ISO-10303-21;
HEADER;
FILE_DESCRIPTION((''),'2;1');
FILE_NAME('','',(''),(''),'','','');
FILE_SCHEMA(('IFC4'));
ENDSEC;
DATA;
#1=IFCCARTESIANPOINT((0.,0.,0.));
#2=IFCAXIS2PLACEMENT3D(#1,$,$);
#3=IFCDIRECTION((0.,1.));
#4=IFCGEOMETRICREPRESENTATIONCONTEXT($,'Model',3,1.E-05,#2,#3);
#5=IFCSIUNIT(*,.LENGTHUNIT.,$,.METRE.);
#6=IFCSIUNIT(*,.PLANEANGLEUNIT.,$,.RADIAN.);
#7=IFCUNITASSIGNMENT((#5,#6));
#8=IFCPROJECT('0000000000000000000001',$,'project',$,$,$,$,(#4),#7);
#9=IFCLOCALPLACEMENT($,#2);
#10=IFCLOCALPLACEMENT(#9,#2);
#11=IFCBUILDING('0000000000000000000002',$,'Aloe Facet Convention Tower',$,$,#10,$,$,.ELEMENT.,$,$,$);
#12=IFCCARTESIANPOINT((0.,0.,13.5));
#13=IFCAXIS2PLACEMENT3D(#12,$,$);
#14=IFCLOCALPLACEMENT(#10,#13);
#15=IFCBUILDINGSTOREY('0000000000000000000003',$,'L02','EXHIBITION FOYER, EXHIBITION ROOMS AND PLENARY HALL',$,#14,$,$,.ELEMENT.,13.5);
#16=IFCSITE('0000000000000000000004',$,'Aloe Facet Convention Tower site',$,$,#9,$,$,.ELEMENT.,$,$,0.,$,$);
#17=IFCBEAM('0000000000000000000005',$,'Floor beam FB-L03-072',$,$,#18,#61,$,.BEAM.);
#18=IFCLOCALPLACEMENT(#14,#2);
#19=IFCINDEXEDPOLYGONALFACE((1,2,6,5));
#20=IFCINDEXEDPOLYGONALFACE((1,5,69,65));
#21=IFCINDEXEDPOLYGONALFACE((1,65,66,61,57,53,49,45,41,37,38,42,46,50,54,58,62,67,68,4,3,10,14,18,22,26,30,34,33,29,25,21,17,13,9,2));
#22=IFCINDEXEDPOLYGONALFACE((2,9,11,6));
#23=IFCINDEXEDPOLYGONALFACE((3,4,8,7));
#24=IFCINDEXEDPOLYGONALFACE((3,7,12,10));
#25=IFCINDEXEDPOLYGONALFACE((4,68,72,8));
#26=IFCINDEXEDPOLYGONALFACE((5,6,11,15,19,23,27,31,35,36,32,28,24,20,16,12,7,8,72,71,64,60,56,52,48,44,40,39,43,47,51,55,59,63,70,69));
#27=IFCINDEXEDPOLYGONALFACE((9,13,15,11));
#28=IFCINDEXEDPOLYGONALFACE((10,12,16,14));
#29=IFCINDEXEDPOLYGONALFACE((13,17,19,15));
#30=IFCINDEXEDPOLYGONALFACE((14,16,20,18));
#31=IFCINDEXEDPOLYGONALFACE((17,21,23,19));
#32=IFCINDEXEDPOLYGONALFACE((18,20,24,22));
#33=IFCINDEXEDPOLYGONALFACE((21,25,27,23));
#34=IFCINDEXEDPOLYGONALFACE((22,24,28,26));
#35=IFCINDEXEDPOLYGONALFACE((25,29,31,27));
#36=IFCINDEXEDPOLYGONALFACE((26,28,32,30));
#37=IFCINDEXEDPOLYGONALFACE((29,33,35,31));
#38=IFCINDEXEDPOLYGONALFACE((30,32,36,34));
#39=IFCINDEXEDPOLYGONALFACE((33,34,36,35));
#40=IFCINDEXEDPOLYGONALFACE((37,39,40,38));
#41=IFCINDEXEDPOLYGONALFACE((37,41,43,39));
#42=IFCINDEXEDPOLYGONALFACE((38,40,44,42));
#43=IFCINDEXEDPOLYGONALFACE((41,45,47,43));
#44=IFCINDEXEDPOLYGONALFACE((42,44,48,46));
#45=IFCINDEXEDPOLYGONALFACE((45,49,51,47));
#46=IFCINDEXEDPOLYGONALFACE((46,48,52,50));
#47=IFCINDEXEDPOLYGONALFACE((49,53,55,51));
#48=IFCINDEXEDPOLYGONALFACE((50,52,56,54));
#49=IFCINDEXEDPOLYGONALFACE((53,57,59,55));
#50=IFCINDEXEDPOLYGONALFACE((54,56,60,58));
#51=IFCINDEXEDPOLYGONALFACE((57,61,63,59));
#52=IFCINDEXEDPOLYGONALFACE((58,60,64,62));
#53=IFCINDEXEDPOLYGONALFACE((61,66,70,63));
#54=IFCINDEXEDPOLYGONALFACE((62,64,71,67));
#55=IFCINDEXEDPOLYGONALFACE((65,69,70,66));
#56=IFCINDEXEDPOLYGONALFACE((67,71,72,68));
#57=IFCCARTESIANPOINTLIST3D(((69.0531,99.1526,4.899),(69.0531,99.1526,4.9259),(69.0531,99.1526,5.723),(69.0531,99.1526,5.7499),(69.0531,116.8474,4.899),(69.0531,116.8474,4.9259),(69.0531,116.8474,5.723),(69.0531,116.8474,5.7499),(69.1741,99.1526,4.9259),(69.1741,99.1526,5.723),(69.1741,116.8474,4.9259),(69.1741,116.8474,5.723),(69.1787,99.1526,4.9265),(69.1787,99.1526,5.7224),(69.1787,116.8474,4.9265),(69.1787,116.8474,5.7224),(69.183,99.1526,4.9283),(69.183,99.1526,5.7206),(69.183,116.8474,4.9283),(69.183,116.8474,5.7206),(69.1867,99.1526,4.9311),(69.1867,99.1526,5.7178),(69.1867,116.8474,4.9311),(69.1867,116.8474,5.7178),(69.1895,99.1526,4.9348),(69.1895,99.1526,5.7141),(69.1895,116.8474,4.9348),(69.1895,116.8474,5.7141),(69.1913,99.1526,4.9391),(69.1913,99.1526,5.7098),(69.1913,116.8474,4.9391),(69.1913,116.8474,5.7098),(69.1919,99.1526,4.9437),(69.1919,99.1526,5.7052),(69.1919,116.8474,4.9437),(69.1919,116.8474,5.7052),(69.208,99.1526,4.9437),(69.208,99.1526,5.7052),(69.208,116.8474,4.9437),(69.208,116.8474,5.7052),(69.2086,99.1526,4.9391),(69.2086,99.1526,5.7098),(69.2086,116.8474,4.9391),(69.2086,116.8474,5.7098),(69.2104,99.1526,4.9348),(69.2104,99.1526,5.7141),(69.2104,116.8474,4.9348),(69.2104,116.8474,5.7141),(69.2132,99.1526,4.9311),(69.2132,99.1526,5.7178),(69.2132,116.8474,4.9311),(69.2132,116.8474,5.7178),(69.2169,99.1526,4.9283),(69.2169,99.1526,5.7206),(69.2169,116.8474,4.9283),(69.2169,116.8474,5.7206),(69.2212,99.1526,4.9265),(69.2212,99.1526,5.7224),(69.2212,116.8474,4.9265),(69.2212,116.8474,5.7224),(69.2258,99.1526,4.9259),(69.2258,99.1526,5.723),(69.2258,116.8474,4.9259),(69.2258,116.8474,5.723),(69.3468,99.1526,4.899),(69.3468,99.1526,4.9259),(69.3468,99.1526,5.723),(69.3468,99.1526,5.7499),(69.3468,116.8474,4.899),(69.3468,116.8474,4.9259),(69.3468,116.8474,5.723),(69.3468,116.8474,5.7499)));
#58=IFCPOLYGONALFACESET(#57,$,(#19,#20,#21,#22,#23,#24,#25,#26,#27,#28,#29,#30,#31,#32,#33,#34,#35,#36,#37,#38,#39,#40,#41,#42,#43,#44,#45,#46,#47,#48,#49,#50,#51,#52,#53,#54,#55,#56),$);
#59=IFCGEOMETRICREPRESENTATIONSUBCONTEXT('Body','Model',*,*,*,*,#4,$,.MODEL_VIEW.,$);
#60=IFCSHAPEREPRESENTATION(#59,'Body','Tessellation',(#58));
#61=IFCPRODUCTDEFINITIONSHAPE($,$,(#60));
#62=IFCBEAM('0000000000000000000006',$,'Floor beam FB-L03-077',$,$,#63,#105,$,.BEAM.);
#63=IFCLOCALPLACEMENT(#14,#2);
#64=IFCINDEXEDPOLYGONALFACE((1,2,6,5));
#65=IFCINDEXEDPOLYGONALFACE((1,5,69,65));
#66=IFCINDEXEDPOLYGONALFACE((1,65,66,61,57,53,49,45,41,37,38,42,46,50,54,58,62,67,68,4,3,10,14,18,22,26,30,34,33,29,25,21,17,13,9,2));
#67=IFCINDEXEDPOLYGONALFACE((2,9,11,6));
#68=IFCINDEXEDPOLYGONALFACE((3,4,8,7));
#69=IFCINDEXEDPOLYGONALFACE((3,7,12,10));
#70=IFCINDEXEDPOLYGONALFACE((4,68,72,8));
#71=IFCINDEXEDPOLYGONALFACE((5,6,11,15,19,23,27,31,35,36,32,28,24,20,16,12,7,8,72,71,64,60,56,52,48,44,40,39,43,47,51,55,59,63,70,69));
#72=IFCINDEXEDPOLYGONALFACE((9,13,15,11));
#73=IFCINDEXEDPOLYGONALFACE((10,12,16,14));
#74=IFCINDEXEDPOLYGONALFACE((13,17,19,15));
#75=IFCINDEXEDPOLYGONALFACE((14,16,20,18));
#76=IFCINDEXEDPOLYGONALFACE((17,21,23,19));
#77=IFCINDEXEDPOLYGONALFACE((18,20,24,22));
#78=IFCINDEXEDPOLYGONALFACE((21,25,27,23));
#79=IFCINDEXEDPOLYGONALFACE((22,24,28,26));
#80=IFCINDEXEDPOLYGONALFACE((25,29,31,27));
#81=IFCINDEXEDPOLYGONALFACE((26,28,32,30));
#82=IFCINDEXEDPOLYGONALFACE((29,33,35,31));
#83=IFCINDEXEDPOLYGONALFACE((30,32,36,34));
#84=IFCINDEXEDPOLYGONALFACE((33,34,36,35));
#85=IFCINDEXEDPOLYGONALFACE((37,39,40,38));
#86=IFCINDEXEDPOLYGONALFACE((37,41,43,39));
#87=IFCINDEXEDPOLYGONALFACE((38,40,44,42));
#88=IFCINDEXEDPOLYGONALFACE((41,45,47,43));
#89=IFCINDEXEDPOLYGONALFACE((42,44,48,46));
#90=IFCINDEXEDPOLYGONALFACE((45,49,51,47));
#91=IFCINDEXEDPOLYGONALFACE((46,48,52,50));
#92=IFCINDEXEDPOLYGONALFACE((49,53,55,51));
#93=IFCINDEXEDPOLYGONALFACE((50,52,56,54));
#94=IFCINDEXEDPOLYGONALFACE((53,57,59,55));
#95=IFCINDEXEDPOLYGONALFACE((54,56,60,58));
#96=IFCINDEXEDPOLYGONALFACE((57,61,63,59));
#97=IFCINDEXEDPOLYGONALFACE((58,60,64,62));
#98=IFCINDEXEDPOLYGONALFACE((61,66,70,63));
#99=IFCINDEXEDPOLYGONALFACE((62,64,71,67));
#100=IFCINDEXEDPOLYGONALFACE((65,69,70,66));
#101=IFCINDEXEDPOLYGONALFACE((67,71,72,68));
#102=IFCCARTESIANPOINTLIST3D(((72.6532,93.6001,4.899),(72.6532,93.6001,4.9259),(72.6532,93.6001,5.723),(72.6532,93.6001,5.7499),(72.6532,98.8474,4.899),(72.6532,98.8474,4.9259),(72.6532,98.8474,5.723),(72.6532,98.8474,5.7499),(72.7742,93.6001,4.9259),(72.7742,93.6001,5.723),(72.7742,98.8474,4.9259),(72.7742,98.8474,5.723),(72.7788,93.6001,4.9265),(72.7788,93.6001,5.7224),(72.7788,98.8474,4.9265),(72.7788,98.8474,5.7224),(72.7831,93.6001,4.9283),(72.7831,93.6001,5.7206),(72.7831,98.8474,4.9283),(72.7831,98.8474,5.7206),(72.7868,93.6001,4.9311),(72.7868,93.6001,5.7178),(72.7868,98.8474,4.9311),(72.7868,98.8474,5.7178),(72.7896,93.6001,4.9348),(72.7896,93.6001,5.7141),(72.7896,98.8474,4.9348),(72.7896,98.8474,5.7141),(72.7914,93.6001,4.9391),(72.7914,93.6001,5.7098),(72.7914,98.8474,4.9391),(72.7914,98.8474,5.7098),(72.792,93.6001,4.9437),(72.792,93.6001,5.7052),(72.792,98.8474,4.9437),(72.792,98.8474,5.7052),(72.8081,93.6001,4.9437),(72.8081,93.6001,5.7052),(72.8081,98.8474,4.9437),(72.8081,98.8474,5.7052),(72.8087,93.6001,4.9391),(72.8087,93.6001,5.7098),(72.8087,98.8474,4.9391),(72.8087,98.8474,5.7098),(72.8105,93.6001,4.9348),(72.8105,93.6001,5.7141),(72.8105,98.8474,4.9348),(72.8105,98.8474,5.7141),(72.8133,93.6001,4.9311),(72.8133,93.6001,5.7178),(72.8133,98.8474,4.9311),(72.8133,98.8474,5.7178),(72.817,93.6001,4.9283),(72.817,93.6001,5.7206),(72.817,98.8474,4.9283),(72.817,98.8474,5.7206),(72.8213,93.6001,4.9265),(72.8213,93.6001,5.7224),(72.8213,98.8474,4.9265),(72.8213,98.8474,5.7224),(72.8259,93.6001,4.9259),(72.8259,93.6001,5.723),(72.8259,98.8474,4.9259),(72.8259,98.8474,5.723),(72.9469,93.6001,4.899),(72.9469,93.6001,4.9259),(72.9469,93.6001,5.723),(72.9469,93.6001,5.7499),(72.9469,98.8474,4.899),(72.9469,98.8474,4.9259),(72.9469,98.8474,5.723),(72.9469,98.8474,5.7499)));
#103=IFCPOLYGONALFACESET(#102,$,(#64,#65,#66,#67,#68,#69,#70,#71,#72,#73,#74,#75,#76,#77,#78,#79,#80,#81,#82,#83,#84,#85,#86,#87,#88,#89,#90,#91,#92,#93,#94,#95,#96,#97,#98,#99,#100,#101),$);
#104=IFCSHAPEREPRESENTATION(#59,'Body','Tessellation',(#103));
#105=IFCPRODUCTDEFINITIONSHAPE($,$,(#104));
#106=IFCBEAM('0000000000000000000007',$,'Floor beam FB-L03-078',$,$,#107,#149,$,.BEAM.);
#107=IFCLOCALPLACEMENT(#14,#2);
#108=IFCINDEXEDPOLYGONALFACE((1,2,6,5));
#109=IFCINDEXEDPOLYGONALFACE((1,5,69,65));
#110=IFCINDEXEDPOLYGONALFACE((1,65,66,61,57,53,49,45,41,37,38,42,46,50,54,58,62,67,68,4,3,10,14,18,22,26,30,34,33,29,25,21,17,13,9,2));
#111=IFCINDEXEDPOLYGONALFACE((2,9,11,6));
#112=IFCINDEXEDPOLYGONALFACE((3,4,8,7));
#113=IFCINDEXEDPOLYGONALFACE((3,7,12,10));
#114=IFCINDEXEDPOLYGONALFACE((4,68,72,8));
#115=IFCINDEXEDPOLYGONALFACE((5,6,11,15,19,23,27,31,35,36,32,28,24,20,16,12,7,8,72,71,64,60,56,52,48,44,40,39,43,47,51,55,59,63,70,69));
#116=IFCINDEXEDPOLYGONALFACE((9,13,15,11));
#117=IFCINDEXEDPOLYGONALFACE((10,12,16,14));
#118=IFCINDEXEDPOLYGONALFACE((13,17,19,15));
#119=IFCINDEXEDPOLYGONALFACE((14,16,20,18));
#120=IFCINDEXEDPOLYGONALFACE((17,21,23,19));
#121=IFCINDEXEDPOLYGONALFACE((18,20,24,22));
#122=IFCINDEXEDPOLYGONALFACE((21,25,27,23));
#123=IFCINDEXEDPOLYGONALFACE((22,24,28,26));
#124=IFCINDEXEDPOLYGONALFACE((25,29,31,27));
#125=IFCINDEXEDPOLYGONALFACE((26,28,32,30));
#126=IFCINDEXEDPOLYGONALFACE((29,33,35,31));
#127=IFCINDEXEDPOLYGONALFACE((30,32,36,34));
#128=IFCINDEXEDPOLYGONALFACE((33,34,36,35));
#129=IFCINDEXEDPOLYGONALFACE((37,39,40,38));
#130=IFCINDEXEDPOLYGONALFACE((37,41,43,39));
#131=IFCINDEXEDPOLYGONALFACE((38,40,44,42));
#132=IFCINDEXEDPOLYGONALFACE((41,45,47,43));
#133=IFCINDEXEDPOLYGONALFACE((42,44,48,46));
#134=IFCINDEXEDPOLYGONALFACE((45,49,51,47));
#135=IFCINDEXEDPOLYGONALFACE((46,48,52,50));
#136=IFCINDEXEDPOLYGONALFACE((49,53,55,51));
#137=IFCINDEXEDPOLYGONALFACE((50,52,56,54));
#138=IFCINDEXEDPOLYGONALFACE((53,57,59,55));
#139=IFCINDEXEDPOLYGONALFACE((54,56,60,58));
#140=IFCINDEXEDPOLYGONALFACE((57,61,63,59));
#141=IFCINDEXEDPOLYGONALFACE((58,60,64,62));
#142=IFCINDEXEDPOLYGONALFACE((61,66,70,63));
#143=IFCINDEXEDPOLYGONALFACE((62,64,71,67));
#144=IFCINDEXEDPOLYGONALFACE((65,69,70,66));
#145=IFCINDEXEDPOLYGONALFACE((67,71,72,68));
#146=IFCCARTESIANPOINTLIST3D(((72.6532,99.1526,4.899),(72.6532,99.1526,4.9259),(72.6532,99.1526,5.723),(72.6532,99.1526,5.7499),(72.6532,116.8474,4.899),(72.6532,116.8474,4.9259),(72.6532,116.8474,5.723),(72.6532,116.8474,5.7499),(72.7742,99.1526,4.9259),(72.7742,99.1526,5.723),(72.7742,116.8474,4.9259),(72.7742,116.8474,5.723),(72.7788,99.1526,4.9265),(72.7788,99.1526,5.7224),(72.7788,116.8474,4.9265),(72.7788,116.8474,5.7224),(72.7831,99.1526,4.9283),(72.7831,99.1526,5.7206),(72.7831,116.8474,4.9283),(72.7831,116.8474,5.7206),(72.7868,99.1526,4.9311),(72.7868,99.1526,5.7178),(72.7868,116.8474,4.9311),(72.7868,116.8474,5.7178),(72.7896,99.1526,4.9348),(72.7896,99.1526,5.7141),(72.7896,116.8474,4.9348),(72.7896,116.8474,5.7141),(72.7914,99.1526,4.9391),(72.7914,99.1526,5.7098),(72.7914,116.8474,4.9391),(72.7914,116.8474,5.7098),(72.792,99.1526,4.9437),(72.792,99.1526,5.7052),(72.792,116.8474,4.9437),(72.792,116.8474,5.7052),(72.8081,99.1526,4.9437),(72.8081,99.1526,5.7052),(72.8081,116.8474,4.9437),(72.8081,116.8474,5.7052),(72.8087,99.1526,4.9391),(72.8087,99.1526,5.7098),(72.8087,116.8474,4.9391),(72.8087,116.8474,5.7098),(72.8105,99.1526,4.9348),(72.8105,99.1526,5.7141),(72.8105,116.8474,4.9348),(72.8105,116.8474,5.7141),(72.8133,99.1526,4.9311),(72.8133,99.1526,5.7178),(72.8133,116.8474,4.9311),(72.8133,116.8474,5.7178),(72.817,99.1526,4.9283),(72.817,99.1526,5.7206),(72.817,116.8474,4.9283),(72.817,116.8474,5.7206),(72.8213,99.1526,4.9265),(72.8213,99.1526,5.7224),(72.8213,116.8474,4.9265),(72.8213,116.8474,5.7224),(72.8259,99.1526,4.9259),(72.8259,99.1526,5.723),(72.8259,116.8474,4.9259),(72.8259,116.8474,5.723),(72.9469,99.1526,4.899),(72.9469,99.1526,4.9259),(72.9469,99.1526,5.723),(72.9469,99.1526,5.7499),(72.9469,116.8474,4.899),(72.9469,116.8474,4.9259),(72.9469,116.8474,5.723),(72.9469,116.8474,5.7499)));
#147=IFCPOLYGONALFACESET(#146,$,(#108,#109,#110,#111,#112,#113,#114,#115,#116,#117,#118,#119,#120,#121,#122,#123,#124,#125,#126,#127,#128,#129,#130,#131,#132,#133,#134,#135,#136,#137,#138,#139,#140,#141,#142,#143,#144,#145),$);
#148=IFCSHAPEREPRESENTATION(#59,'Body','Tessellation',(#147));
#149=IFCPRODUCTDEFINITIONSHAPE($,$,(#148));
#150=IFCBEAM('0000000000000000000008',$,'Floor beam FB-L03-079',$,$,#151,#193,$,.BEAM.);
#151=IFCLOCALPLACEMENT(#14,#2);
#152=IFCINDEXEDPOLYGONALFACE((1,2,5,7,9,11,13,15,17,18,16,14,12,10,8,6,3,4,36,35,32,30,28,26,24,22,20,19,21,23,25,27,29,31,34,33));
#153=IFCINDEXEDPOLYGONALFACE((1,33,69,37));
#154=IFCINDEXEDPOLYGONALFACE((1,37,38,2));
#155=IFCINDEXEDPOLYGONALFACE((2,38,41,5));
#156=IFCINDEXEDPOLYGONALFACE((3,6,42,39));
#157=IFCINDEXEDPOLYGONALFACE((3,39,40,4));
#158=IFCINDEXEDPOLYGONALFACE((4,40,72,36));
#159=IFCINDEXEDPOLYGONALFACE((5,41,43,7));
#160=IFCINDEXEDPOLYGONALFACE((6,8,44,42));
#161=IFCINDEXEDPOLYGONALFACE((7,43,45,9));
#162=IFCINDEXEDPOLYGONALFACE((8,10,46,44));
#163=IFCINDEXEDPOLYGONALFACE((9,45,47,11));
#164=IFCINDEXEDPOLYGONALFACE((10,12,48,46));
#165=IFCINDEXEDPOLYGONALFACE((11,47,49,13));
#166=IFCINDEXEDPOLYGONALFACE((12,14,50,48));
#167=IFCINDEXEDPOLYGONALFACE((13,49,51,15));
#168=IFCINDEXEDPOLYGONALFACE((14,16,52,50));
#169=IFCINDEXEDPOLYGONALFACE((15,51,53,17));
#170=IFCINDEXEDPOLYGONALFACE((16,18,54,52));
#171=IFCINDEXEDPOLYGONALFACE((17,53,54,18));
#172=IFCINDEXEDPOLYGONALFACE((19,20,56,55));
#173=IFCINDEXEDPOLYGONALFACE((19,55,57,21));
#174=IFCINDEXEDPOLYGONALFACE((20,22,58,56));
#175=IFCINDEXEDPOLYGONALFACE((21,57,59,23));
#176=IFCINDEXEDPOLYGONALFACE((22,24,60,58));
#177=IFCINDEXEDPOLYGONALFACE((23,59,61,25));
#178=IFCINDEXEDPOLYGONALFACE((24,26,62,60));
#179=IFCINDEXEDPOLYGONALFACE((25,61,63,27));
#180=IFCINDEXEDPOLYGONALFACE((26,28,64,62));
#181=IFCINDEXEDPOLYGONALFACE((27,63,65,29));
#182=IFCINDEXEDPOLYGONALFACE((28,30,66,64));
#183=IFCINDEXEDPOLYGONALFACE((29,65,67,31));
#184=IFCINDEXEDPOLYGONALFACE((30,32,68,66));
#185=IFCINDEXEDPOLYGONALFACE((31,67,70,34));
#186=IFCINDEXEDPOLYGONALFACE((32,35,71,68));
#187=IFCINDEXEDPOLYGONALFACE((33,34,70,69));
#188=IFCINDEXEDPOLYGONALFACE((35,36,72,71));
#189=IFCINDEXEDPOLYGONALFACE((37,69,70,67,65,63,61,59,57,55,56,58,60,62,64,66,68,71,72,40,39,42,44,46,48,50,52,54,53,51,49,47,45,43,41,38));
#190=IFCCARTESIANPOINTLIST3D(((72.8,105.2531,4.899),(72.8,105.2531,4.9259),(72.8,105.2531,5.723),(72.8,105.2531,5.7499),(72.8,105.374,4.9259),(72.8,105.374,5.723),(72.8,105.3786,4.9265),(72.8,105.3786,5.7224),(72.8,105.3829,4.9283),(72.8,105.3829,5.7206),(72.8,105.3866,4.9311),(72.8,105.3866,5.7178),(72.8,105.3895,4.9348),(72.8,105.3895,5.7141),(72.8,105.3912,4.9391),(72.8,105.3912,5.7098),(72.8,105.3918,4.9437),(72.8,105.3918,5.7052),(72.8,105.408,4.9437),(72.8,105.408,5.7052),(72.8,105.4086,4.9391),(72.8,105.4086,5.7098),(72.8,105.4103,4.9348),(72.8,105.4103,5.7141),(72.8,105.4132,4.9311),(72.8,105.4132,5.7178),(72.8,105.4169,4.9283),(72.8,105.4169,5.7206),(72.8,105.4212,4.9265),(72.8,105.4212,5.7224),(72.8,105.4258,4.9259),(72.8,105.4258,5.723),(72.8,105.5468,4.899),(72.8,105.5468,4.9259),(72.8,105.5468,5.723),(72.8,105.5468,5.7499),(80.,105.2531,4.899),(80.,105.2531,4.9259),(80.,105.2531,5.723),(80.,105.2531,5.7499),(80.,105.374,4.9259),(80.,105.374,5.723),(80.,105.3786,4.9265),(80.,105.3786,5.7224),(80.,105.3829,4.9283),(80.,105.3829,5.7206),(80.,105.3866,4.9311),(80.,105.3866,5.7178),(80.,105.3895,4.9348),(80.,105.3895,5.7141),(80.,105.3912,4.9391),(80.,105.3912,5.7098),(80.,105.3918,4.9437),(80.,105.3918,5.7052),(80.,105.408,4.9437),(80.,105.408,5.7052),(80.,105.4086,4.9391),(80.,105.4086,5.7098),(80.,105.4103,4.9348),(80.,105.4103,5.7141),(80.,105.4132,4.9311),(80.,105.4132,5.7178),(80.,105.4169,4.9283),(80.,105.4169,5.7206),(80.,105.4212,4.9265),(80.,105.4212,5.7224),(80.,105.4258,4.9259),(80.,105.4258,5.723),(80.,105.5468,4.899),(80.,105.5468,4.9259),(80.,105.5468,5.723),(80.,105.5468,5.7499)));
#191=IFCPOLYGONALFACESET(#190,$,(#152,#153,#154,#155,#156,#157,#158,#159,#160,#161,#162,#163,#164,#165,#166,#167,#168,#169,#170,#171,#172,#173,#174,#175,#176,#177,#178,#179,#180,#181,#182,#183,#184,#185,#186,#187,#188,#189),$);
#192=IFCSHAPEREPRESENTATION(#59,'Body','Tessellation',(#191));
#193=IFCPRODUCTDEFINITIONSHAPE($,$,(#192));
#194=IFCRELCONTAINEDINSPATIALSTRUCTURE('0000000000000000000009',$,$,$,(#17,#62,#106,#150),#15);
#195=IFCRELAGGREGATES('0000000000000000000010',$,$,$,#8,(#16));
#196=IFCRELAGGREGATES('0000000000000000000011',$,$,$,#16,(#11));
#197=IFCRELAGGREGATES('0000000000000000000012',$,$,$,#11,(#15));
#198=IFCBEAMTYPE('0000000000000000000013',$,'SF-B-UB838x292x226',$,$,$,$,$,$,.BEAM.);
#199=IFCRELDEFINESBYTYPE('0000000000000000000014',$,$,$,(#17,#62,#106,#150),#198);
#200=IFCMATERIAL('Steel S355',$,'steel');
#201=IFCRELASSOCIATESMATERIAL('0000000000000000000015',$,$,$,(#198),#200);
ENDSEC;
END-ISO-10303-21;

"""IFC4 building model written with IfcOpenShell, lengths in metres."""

from ifc_helpers import new_model, si_unit, direction, frame, origin, origin_2d, place, context, subcontext, project, spatial, i_section, extrude, material, material_profile, profile_set, type_object, element, save


model = new_model("IFC4")

# Units and contexts
model_context = context("Model", 3, precision=1e-05, world=origin(), true_north=direction((0.0, 1.0)))
body_context = subcontext(model_context, "Body", "Model", "MODEL_VIEW")
ifc_project = project(units=[si_unit("LENGTHUNIT", "METRE"), si_unit("PLANEANGLEUNIT", "RADIAN")], contexts=[model_context])

# Site, building, storey
site_placement = place(None, origin())
site = spatial("IfcSite", under=ifc_project, at=site_placement, Name="Aloe Facet Convention Tower site", CompositionType="ELEMENT", RefElevation=0.0)
building_placement = place(site_placement, origin())
building = spatial("IfcBuilding", under=site, at=building_placement, Name="Aloe Facet Convention Tower", CompositionType="ELEMENT")
storey_placement = place(building_placement, frame((0.0, 0.0, 13.5)))
storey = spatial("IfcBuildingStorey", under=building, at=storey_placement, Name="L02", Description="EXHIBITION FOYER, EXHIBITION ROOMS AND PLENARY HALL", CompositionType="ELEMENT", Elevation=13.5)

# Beams
ifc_material_1 = material(Name="Steel S355", Category="steel")
ifc_material_profile_1 = material_profile(ifc_material_1, i_section(OverallWidth=0.2937, OverallDepth=0.8508, WebThickness=0.0161, FlangeThickness=0.0269, FilletRadius=0.0178, at=origin_2d()), Name="UB 838x292x226")
ifc_profile_set_1 = profile_set([ifc_material_profile_1], Name="Steel S355")
beam_type_1 = type_object("IfcBeamType", Name="SF-B-UB838x292x226", PredefinedType="BEAM", material=ifc_profile_set_1)
beam_1_placement = place(storey_placement, frame((69.2, 99.1526, 5.3245), z_axis=(0.0, 1.0, 0.0), x_axis=(-1.0, 0.0, 0.0)))
element("IfcBeam", 1, at=beam_1_placement, inside=storey, type_object=beam_type_1, Name="Floor beam FB-L03-072", PredefinedType="BEAM", context=body_context, shape_type="SweptSolid", body=[
    extrude(i_section(OverallWidth=0.2937, OverallDepth=0.8508, WebThickness=0.0161, FlangeThickness=0.0269, FilletRadius=0.0178, at=origin_2d()), origin(), (0.0, 0.0, 1.0), 17.6948),
])
beam_2_placement = place(storey_placement, frame((72.8, 93.6001, 5.3245), z_axis=(0.0, 1.0, 0.0), x_axis=(-1.0, 0.0, 0.0)))
element("IfcBeam", 2, at=beam_2_placement, inside=storey, type_object=beam_type_1, Name="Floor beam FB-L03-077", PredefinedType="BEAM", context=body_context, shape_type="SweptSolid", body=[
    extrude(i_section(OverallWidth=0.2937, OverallDepth=0.8508, WebThickness=0.0161, FlangeThickness=0.0269, FilletRadius=0.0178, at=origin_2d()), origin(), (0.0, 0.0, 1.0), 5.2473),
])
beam_3_placement = place(storey_placement, frame((72.8, 99.1526, 5.3245), z_axis=(0.0, 1.0, 0.0), x_axis=(-1.0, 0.0, 0.0)))
element("IfcBeam", 3, at=beam_3_placement, inside=storey, type_object=beam_type_1, Name="Floor beam FB-L03-078", PredefinedType="BEAM", context=body_context, shape_type="SweptSolid", body=[
    extrude(i_section(OverallWidth=0.2937, OverallDepth=0.8508, WebThickness=0.0161, FlangeThickness=0.0269, FilletRadius=0.0178, at=origin_2d()), origin(), (0.0, 0.0, 1.0), 17.6948),
])
beam_4_placement = place(storey_placement, frame((72.8, 105.3999, 5.3245), z_axis=(1.0, 0.0, 0.0), x_axis=(0.0, 1.0, 0.0)))
element("IfcBeam", 4, at=beam_4_placement, inside=storey, type_object=beam_type_1, Name="Floor beam FB-L03-079", PredefinedType="BEAM", context=body_context, shape_type="SweptSolid", body=[
    extrude(i_section(OverallWidth=0.2937, OverallDepth=0.8508, WebThickness=0.0161, FlangeThickness=0.0269, FilletRadius=0.0178, at=origin_2d()), origin(), (0.0, 0.0, 1.0), 7.2),
])

save(model, "model.ifc")
